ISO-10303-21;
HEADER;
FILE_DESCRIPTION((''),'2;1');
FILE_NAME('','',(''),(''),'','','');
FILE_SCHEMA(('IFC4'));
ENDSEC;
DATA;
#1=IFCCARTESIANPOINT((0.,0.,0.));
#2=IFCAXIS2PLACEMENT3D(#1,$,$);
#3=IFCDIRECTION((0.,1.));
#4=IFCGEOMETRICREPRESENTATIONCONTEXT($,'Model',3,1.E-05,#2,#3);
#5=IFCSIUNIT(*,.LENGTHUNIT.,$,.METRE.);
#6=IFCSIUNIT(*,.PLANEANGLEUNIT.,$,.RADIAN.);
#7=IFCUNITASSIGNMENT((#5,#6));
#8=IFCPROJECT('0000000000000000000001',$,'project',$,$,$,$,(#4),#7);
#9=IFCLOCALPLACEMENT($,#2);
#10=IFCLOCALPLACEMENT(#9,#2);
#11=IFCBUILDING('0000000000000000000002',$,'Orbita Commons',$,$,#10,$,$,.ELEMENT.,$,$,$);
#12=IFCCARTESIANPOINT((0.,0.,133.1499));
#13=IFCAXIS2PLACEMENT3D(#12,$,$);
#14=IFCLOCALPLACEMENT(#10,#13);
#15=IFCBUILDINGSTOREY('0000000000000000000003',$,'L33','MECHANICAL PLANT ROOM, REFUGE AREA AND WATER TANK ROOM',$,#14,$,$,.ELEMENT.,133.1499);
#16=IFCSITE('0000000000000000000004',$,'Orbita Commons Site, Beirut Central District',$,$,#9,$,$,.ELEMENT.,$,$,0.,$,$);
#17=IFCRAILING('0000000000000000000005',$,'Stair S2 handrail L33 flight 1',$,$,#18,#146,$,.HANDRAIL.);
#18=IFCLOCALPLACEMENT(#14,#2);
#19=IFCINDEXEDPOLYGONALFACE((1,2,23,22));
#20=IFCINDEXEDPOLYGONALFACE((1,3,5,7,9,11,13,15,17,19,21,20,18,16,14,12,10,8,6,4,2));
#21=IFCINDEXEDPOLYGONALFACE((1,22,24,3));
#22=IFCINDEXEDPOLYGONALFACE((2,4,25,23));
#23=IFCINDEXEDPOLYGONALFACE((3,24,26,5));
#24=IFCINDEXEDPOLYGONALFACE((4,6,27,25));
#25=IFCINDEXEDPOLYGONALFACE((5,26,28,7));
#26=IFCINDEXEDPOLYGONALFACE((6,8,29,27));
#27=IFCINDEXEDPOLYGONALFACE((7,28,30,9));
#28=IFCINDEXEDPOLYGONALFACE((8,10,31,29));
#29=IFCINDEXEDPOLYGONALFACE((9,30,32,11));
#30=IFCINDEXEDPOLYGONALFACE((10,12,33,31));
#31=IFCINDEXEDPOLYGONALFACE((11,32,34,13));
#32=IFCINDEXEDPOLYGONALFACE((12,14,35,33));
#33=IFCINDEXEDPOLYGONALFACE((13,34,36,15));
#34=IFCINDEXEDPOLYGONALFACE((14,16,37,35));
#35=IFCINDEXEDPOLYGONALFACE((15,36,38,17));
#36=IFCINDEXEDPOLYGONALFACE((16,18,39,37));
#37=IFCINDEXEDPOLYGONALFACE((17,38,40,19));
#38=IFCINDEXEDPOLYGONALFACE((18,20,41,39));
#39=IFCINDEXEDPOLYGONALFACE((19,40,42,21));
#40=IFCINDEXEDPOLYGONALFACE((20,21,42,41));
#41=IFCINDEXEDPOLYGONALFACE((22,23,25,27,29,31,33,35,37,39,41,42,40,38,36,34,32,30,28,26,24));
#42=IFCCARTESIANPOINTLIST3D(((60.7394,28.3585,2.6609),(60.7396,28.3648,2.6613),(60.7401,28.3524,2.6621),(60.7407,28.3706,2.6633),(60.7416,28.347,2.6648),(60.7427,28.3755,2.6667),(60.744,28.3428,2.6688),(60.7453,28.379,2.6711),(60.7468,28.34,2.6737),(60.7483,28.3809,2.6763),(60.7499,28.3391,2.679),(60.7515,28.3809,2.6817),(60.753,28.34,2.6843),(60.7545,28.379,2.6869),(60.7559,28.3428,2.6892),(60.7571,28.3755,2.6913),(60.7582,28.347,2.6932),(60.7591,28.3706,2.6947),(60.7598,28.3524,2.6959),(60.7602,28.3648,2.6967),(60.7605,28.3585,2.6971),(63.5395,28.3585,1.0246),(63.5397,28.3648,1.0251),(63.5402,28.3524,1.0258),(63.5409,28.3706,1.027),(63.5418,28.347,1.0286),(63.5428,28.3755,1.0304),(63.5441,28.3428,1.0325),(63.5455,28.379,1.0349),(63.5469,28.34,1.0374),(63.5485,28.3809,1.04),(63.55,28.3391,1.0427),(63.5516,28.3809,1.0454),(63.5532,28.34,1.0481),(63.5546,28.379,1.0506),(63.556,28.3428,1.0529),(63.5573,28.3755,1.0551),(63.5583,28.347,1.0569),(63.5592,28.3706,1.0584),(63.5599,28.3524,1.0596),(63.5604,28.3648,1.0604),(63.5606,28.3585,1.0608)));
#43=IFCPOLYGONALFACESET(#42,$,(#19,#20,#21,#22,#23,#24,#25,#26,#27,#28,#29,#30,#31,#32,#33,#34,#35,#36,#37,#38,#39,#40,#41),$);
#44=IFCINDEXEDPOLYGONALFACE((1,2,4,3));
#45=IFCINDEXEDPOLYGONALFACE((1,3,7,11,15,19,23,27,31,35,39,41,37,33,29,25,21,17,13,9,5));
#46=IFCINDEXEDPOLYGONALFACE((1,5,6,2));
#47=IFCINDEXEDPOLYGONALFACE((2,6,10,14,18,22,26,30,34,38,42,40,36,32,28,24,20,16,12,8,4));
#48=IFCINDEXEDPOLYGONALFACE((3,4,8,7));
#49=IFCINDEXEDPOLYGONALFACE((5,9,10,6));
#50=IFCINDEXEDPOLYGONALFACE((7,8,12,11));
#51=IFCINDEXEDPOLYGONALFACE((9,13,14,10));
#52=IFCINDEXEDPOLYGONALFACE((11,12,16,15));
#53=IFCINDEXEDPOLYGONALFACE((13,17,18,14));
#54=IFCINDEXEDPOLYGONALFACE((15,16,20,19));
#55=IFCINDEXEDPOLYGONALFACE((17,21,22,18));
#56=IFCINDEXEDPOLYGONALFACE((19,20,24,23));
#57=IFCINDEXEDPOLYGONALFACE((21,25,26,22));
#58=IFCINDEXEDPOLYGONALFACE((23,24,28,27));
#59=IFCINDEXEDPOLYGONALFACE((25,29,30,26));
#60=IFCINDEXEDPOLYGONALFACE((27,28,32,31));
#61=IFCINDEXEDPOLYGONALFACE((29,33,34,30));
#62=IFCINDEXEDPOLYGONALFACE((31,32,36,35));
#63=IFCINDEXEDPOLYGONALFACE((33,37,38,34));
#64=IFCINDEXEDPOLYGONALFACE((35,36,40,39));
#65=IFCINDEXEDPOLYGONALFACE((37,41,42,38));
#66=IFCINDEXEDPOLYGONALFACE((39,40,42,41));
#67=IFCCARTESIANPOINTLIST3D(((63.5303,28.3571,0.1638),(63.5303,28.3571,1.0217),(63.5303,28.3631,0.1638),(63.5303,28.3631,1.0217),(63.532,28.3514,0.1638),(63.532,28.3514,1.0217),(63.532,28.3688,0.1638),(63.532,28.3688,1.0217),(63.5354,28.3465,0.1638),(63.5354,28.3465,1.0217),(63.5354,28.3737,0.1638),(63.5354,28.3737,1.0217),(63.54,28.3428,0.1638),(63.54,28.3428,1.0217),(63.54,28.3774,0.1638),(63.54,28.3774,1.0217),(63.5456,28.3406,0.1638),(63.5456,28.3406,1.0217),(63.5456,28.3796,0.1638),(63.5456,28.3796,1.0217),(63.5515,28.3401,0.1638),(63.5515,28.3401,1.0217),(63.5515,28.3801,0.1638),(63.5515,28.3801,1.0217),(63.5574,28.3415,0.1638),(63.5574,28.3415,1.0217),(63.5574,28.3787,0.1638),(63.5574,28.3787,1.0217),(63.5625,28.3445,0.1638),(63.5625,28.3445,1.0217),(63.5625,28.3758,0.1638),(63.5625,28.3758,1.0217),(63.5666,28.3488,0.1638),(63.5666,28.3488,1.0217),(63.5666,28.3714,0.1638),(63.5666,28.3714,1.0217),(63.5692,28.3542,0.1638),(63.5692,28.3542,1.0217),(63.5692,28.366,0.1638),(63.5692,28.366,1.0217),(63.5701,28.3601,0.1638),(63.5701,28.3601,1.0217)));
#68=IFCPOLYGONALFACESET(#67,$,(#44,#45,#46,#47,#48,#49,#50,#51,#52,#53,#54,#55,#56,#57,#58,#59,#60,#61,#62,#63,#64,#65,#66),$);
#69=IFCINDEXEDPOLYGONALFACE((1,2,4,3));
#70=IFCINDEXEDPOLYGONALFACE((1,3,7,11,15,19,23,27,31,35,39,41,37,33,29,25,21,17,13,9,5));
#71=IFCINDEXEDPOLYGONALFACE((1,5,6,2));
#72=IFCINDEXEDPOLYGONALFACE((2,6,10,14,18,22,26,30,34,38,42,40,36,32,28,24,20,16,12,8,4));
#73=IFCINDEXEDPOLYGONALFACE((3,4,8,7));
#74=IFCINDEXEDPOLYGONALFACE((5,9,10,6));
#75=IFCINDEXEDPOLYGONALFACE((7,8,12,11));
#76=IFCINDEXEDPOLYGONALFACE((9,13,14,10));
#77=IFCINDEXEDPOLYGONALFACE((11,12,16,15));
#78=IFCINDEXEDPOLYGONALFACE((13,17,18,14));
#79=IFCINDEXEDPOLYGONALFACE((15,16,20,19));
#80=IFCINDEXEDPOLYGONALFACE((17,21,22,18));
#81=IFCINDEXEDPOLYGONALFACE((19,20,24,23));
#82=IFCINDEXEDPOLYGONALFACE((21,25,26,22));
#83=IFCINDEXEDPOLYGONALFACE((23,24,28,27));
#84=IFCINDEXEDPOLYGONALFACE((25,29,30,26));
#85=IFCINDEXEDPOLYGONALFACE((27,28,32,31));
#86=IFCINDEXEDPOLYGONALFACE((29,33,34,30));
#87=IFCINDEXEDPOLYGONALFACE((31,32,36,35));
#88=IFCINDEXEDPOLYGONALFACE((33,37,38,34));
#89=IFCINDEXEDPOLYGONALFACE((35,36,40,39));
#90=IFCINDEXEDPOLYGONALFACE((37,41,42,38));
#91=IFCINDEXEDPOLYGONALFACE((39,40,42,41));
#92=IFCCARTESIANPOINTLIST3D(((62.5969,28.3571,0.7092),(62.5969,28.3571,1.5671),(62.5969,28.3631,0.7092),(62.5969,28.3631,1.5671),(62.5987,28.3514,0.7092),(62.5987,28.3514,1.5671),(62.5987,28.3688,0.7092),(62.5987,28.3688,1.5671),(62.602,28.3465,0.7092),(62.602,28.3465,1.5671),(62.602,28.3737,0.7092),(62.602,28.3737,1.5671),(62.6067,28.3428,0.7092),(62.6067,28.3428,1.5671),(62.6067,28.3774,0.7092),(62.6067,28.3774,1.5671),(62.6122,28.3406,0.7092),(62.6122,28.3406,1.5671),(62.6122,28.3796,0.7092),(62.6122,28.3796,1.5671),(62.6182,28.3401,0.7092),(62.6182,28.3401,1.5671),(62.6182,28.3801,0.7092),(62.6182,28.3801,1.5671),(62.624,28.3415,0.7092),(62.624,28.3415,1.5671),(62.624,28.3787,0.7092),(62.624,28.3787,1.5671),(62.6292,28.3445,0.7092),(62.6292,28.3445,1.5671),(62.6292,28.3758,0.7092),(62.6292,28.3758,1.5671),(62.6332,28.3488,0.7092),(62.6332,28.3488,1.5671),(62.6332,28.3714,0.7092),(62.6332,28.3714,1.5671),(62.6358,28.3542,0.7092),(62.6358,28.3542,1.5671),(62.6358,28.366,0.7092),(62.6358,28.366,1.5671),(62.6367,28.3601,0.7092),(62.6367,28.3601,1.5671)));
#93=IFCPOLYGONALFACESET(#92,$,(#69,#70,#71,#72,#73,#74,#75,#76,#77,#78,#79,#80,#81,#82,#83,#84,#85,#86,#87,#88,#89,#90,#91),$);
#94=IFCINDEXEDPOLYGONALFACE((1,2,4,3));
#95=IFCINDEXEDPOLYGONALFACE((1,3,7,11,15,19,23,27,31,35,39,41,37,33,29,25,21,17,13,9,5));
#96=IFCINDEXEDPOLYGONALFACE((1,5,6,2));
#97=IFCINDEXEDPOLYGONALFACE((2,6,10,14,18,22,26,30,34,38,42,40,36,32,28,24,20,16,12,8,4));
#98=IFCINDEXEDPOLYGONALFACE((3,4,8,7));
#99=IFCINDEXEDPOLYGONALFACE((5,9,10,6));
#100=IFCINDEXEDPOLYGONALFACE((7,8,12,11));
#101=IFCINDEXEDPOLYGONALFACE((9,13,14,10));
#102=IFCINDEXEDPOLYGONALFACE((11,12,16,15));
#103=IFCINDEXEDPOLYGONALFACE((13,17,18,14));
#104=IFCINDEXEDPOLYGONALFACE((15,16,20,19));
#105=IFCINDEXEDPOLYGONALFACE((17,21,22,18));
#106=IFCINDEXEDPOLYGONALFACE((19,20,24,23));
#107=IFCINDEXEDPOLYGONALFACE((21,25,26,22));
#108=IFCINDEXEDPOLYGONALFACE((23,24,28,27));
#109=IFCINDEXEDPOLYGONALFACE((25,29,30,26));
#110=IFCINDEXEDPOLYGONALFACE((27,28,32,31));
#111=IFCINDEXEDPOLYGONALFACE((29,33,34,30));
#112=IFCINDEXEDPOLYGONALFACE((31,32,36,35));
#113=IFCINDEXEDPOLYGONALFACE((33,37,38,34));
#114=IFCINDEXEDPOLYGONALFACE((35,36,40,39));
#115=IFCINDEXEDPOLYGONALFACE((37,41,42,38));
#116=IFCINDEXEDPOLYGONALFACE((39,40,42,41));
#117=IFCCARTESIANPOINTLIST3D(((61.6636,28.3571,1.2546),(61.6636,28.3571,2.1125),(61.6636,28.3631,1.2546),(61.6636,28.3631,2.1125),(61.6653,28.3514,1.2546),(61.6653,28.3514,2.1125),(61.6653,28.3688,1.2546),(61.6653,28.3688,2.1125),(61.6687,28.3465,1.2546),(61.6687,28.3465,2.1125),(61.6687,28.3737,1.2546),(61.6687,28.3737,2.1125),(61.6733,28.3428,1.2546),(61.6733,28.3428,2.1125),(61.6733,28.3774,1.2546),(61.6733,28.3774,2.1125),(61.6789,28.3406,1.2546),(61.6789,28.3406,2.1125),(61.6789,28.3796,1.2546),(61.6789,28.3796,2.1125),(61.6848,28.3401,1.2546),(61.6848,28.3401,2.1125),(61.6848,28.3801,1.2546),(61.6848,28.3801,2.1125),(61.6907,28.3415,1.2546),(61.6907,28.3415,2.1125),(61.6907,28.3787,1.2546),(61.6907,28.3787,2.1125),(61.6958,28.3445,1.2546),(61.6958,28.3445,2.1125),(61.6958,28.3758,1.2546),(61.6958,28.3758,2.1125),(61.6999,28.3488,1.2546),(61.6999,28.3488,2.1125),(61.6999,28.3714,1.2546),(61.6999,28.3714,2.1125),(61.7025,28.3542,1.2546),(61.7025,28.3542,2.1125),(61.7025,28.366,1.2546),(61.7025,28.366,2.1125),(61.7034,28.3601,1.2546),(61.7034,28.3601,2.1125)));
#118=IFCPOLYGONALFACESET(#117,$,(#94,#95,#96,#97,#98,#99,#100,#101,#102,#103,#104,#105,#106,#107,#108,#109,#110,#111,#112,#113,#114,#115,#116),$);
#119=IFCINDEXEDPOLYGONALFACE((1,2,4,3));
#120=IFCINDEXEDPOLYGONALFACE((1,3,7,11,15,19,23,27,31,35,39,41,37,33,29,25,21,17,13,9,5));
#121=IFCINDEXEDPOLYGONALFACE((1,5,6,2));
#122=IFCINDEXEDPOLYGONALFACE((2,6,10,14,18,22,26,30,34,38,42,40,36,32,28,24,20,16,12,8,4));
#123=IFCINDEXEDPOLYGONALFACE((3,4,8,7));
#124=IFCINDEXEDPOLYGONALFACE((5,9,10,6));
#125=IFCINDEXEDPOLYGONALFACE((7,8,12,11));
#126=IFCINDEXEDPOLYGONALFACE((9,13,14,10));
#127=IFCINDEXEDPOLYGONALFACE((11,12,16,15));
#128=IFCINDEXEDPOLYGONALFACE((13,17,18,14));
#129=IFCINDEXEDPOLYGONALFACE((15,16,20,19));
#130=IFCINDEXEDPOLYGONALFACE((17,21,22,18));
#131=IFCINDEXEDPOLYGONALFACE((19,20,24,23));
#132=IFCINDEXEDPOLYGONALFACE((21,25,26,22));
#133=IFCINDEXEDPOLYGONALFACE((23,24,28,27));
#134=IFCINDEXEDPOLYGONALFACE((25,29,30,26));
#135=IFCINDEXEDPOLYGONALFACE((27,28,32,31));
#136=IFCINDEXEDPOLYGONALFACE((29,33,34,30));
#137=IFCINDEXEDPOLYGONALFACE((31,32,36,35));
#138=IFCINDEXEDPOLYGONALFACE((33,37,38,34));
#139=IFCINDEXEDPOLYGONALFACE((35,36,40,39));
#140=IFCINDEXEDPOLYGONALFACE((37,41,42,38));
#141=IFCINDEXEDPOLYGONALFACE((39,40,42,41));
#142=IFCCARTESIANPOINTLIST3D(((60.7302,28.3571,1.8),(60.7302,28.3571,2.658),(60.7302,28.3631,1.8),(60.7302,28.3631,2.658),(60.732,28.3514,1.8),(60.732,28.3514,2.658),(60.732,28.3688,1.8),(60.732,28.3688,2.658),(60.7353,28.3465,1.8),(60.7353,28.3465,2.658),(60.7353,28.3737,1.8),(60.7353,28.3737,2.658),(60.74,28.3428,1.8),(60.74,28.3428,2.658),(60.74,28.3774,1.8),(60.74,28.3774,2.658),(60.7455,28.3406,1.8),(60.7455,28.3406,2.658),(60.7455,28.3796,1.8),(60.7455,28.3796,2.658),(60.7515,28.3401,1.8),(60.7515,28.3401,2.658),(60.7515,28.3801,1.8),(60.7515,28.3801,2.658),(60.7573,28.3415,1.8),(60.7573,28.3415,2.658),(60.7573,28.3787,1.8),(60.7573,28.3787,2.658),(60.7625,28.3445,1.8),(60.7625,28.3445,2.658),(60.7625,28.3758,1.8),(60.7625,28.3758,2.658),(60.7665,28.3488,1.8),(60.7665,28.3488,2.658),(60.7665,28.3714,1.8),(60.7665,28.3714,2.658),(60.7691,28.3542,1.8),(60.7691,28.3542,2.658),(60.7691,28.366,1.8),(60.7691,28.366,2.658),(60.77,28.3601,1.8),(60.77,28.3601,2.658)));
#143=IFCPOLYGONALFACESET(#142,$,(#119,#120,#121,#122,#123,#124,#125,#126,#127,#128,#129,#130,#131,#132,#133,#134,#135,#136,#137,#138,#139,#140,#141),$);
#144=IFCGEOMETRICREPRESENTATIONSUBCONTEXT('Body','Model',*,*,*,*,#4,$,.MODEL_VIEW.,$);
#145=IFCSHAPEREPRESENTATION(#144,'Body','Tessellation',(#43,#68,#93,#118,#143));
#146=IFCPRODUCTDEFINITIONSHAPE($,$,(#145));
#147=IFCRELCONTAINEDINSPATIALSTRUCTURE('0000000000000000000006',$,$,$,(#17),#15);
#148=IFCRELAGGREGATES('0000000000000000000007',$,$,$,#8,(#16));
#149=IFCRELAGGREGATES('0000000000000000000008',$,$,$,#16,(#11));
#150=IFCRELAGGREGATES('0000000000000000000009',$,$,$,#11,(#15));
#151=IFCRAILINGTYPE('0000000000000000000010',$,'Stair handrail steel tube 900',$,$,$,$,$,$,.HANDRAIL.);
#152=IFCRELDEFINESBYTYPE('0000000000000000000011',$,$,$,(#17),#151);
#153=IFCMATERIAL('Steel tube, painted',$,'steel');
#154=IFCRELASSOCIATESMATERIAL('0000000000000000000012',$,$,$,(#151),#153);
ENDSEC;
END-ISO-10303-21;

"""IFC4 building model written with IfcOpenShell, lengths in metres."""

from ifc_helpers import new_model, si_unit, direction, frame, origin, origin_2d, place, context, subcontext, project, spatial, circle, extrude, material, type_object, element, save


model = new_model("IFC4")

# Units and contexts
model_context = context("Model", 3, precision=1e-05, world=origin(), true_north=direction((0.0, 1.0)))
body_context = subcontext(model_context, "Body", "Model", "MODEL_VIEW")
ifc_project = project(units=[si_unit("LENGTHUNIT", "METRE"), si_unit("PLANEANGLEUNIT", "RADIAN")], contexts=[model_context])

# Site, building, storey
site_placement = place(None, origin())
site = spatial("IfcSite", under=ifc_project, at=site_placement, Name="Orbita Commons Site, Beirut Central District", CompositionType="ELEMENT", RefElevation=0.0)
building_placement = place(site_placement, origin())
building = spatial("IfcBuilding", under=site, at=building_placement, Name="Orbita Commons", CompositionType="ELEMENT")
storey_placement = place(building_placement, frame((0.0, 0.0, 133.1499)))
storey = spatial("IfcBuildingStorey", under=building, at=storey_placement, Name="L33", Description="MECHANICAL PLANT ROOM, REFUGE AREA AND WATER TANK ROOM", CompositionType="ELEMENT", Elevation=133.1499)

# Railing
ifc_material_1 = material(Name="Steel tube, painted", Category="steel")
railing_type = type_object("IfcRailingType", Name="Stair handrail steel tube 900", PredefinedType="HANDRAIL", material=ifc_material_1)
for number, where, name in (
    (1, (63.55, 28.3601, 0.1638), "Stair S2 handrail L33 flight 1"),
):
    element("IfcRailing", number, at=place(storey_placement, frame(where)), inside=storey, type_object=railing_type, Name=name, PredefinedType="HANDRAIL", context=body_context, shape_type="SweptSolid", body=[
        extrude(circle(Radius=0.021, at=origin_2d()), frame((0.0, 0.0, 0.8789), z_axis=(-0.863394, 0.0, 0.504531), x_axis=(0.0, -1.0, 0.0)), (0.0, 0.0, 1.0), 3.2432),
        extrude(circle(Radius=0.02, at=origin_2d()), origin(), (0.0, 0.0, 1.0), 0.8579),
        extrude(circle(Radius=0.02, at=origin_2d()), frame((-0.9333, 0.0, 0.5454)), (0.0, 0.0, 1.0), 0.8579),
        extrude(circle(Radius=0.02, at=origin_2d()), frame((-1.8667, 0.0, 1.0908)), (0.0, 0.0, 1.0), 0.8579),
        extrude(circle(Radius=0.02, at=origin_2d()), frame((-2.8, 0.0, 1.6362)), (0.0, 0.0, 1.0), 0.8579),
    ])

save(model, "model.ifc")
